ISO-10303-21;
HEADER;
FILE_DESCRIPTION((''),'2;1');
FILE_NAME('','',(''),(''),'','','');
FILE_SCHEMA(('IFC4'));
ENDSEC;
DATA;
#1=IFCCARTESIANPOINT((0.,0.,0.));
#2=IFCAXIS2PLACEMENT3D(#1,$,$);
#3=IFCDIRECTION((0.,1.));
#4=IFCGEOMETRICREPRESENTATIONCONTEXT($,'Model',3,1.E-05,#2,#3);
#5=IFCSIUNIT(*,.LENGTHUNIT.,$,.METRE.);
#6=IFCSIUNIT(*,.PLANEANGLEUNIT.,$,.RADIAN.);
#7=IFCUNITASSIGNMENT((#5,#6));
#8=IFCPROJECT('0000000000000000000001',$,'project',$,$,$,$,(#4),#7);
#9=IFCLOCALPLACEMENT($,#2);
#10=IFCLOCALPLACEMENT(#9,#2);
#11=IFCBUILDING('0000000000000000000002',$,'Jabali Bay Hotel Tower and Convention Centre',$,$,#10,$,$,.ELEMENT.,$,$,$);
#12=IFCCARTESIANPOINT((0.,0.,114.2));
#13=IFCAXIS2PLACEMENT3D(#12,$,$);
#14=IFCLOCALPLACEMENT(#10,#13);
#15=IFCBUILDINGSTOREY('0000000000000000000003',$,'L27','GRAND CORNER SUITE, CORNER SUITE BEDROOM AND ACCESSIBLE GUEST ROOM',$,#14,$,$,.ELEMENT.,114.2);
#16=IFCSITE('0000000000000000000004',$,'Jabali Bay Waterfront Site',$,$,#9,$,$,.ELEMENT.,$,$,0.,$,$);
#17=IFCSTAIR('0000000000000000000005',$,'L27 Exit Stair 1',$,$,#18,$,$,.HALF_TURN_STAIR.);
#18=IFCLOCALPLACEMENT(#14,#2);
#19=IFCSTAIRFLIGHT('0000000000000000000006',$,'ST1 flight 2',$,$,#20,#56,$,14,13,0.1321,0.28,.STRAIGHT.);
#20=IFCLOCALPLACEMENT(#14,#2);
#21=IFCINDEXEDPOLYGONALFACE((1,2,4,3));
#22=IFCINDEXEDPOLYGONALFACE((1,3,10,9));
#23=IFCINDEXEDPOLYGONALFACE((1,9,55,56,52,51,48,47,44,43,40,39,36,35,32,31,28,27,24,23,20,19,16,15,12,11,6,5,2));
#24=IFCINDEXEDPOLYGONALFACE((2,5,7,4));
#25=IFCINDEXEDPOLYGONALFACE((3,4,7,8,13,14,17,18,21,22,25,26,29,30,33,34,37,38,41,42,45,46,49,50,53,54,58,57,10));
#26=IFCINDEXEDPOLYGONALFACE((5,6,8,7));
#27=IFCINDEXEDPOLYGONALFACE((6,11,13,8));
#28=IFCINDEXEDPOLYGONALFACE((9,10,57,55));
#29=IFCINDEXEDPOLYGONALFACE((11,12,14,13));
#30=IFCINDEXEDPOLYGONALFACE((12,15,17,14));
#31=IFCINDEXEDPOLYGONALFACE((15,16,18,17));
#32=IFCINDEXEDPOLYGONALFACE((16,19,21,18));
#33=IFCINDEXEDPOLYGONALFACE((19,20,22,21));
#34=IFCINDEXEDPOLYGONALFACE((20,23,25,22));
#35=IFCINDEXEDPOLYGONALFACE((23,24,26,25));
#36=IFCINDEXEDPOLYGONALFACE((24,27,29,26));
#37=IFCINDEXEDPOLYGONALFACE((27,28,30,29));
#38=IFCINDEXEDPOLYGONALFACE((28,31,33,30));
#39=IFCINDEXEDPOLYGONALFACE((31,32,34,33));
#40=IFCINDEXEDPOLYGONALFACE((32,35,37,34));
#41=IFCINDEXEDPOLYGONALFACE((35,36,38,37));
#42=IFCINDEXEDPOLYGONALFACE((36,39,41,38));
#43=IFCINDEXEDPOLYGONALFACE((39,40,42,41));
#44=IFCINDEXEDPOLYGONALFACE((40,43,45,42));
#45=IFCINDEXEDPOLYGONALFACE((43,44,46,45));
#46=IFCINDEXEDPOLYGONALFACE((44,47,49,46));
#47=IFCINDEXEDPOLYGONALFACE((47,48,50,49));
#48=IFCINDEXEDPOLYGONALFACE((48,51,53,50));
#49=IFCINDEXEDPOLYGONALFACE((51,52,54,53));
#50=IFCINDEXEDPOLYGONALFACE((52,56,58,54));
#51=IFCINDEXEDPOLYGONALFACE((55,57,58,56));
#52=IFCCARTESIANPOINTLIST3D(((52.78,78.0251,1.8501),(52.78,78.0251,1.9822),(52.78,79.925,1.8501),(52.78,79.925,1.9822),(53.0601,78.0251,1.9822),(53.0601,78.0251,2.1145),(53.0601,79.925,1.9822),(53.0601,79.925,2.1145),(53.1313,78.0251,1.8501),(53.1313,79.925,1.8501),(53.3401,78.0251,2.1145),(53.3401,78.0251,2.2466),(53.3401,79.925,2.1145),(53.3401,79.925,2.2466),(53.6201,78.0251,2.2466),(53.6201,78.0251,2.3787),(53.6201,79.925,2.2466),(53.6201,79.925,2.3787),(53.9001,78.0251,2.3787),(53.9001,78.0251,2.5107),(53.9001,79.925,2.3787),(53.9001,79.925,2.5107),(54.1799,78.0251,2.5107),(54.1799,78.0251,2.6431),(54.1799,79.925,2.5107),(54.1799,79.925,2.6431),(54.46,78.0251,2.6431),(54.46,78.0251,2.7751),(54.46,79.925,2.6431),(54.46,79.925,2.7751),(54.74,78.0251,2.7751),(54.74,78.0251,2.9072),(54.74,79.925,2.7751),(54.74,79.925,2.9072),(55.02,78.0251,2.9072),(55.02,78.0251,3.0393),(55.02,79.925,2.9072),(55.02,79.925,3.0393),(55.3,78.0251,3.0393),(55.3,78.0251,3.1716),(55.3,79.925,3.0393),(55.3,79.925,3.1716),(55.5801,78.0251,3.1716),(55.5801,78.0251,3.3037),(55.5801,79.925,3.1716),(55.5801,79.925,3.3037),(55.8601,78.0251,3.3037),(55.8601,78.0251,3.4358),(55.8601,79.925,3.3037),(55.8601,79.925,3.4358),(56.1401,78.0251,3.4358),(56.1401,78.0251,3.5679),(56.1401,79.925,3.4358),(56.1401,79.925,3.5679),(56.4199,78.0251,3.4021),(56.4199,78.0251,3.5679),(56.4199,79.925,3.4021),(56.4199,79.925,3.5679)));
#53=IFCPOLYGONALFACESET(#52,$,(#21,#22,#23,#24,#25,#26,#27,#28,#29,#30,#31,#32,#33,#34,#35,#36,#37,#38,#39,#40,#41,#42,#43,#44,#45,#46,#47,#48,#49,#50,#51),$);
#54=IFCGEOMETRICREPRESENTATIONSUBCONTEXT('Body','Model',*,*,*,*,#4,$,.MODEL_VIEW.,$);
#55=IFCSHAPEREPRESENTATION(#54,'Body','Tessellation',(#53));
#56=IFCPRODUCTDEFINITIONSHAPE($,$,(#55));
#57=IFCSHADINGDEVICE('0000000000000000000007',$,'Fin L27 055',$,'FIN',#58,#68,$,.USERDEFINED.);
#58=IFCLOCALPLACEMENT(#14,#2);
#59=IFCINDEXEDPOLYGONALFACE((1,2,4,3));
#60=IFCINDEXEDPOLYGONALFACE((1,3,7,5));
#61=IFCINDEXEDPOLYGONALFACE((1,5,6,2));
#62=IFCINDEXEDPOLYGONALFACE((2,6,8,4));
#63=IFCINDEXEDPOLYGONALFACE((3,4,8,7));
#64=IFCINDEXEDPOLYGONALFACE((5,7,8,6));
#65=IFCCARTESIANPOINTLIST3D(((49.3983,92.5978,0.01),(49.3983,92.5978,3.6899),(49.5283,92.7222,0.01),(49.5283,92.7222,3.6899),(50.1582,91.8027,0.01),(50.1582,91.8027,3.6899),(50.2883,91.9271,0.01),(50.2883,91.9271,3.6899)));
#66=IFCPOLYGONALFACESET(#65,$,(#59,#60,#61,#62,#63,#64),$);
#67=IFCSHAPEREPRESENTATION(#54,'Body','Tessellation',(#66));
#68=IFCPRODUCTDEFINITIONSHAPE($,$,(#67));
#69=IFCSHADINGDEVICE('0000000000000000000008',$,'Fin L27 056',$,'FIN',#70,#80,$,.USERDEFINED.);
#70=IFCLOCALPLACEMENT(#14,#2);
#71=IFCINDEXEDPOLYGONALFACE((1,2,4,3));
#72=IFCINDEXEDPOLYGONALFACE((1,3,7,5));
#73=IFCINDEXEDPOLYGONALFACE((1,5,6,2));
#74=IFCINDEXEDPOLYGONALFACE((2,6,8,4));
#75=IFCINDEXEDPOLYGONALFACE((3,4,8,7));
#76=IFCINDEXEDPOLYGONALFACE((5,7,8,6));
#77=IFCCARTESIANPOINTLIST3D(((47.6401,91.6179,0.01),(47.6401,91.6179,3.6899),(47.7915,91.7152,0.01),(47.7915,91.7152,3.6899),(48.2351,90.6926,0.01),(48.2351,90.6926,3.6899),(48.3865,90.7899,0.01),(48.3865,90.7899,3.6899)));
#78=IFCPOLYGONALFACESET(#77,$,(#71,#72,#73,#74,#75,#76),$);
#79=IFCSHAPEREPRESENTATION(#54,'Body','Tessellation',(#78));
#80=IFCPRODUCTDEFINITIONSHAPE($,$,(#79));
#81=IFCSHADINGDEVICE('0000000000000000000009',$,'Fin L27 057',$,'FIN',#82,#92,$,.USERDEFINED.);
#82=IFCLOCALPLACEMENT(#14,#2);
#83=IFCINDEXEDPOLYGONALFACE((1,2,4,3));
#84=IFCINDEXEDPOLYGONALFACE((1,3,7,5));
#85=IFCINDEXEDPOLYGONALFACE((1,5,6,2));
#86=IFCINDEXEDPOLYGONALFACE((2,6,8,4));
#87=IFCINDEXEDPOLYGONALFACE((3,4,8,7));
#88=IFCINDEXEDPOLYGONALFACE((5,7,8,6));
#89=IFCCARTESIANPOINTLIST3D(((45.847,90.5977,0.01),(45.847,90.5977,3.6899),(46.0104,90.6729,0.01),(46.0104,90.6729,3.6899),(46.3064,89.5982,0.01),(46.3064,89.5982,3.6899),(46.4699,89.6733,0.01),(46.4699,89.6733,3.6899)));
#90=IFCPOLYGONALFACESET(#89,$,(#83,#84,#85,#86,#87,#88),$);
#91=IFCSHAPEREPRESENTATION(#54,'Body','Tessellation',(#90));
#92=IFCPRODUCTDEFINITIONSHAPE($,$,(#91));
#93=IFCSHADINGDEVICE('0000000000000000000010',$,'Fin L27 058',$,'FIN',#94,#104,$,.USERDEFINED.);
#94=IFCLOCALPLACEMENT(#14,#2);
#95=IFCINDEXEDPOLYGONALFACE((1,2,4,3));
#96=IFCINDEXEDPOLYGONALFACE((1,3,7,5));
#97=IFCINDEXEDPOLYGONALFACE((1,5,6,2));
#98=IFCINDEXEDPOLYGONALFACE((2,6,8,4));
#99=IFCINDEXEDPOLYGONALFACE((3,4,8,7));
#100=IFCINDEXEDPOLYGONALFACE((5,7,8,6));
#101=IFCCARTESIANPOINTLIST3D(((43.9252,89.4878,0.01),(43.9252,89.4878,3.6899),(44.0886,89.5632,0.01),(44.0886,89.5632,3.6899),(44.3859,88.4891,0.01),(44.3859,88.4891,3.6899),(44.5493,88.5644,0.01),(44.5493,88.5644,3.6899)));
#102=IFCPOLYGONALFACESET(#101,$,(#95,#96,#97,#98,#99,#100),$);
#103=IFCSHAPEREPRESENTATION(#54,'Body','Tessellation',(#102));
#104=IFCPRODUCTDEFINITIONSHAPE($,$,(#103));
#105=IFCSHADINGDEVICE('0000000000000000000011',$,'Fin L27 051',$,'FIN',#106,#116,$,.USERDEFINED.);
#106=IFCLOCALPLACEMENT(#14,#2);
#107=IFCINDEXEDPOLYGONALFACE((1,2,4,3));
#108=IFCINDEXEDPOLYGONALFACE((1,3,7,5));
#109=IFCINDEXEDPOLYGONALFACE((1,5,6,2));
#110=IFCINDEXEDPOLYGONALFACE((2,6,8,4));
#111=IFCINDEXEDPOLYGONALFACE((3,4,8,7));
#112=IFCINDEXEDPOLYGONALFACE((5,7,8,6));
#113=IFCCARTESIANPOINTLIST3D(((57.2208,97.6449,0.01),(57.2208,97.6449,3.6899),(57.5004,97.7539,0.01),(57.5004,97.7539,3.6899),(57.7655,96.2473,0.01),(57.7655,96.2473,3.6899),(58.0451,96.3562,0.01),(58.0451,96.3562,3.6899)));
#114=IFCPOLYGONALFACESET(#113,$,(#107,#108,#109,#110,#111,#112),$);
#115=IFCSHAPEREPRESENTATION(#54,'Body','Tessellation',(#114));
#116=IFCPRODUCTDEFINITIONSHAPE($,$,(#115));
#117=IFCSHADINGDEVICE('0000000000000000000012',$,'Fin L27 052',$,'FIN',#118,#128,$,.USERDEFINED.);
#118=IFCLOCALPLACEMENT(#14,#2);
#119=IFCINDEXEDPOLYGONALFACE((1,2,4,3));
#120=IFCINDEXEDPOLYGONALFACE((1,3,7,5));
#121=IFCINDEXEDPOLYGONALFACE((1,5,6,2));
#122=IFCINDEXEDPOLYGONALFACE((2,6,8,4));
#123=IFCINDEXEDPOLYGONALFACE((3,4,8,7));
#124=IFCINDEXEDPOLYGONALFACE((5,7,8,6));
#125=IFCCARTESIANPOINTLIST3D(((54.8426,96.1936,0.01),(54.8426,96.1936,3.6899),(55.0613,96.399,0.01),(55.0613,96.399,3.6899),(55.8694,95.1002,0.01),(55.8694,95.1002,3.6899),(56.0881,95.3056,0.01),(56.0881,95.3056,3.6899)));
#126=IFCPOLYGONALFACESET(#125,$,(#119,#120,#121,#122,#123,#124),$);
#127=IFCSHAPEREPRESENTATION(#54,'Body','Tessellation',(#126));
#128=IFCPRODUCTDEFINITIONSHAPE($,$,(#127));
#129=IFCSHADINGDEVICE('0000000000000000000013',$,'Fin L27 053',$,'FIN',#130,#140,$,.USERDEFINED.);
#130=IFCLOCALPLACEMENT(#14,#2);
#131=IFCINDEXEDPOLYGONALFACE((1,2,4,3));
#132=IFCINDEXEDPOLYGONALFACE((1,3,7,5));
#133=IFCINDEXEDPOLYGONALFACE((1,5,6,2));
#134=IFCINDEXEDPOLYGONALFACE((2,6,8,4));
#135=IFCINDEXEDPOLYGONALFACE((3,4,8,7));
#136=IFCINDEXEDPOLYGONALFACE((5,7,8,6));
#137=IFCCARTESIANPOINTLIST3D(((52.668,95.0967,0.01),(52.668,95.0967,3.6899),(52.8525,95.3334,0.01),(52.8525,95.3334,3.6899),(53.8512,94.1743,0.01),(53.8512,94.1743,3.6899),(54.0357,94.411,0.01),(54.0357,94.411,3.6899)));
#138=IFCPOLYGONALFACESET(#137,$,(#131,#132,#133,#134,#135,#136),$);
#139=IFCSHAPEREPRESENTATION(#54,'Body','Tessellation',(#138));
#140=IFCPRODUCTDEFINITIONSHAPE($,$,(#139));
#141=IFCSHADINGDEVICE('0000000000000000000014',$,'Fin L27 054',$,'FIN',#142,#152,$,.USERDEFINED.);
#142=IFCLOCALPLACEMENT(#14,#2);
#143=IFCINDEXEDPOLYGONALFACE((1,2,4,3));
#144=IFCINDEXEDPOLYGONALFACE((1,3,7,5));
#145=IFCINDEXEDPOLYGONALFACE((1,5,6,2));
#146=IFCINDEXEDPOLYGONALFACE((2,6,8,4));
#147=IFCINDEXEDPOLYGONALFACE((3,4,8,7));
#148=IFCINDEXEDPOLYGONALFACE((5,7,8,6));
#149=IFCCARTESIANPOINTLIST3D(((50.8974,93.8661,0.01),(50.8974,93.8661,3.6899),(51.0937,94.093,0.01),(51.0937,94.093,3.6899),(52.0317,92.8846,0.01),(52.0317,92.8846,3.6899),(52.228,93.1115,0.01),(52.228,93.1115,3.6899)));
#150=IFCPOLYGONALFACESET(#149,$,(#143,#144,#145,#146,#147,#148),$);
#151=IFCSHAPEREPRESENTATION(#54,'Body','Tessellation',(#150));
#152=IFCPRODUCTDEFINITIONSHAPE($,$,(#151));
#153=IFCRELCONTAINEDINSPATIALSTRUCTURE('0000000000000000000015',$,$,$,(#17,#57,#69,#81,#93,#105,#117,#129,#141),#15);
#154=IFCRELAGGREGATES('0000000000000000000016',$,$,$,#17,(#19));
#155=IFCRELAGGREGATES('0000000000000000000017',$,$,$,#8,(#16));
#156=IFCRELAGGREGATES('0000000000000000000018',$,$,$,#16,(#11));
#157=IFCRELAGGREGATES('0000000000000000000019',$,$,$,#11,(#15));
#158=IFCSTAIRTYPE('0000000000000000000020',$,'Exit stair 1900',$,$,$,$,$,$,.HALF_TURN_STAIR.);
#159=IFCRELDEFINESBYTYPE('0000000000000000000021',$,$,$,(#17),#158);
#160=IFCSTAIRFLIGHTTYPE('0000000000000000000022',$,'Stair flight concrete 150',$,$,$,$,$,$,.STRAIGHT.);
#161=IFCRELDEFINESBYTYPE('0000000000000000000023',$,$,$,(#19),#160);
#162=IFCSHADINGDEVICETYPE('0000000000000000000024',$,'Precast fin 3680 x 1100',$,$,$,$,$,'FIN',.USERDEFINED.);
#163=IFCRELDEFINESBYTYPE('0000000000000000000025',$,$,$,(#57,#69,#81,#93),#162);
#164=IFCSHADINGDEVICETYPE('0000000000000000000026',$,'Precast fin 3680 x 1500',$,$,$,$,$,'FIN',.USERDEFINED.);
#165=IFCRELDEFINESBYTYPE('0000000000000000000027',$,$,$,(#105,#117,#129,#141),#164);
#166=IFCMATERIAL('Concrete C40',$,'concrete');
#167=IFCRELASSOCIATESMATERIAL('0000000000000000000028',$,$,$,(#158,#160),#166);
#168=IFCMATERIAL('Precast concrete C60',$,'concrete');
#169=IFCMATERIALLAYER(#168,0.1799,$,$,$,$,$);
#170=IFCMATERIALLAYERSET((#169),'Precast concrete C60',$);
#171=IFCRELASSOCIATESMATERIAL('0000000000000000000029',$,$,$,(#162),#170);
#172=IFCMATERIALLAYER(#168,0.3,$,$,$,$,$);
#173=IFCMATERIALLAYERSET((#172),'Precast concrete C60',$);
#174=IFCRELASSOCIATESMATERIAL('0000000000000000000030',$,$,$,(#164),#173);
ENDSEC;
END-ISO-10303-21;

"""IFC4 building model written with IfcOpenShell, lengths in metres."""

from ifc_helpers import new_model, si_unit, direction, frame, frame_2d, origin, place, context, subcontext, project, spatial, polyline, rectangle, outline, extrude, material, layer, layer_set, type_object, element, aggregate, save


model = new_model("IFC4")

# Units and contexts
model_context = context("Model", 3, precision=1e-05, world=origin(), true_north=direction((0.0, 1.0)))
body_context = subcontext(model_context, "Body", "Model", "MODEL_VIEW")
ifc_project = project(units=[si_unit("LENGTHUNIT", "METRE"), si_unit("PLANEANGLEUNIT", "RADIAN")], contexts=[model_context])

# Site, building, storey
site_placement = place(None, origin())
site = spatial("IfcSite", under=ifc_project, at=site_placement, Name="Jabali Bay Waterfront Site", CompositionType="ELEMENT", RefElevation=0.0)
building_placement = place(site_placement, origin())
building = spatial("IfcBuilding", under=site, at=building_placement, Name="Jabali Bay Hotel Tower and Convention Centre", CompositionType="ELEMENT")
storey_placement = place(building_placement, frame((0.0, 0.0, 114.2)))
storey = spatial("IfcBuildingStorey", under=building, at=storey_placement, Name="L27", Description="GRAND CORNER SUITE, CORNER SUITE BEDROOM AND ACCESSIBLE GUEST ROOM", CompositionType="ELEMENT", Elevation=114.2)

# Shared definitions
ifc_material_1 = material(Name="Concrete C40", Category="concrete")

# Stair, stair flight
stair_type = type_object("IfcStairType", Name="Exit stair 1900", PredefinedType="HALF_TURN_STAIR", material=ifc_material_1)
stair_placement = place(storey_placement, origin())
stair = element("IfcStair", 1, at=stair_placement, inside=storey, type_object=stair_type, Name="L27 Exit Stair 1", PredefinedType="HALF_TURN_STAIR")
stair_flight_type = type_object("IfcStairFlightType", Name="Stair flight concrete 150", PredefinedType="STRAIGHT", material=ifc_material_1)
stair_flight_1_placement = place(storey_placement, frame((52.78, 78.9751, 1.8501), z_axis=(0.0, 0.0, 1.0), x_axis=(1.0, 0.0, 0.0)))
stair_flight_1 = element("IfcStairFlight", 2, at=stair_flight_1_placement, type_object=stair_flight_type, Name="ST1 flight 2", NumberOfRisers=14, NumberOfTreads=13, PredefinedType="STRAIGHT", RiserHeight=0.1321, TreadLength=0.28, context=body_context, shape_type="SweptSolid", body=[
    extrude(outline(polyline([(0.0, 0.0), (0.0, 0.1321), (0.28, 0.1321), (0.28, 0.2644), (0.5601, 0.2644), (0.5601, 0.3965), (0.8401, 0.3965), (0.8401, 0.5286), (1.1201, 0.5286), (1.1201, 0.6606), (1.3999, 0.6606), (1.3999, 0.793), (1.6799, 0.793), (1.6799, 0.925), (1.96, 0.925), (1.96, 1.0571), (2.24, 1.0571), (2.24, 1.1892), (2.52, 1.1892), (2.52, 1.3215), (2.8, 1.3215), (2.8, 1.4536), (3.0801, 1.4536), (3.0801, 1.5857), (3.3601, 1.5857), (3.3601, 1.7178), (3.6399, 1.7178), (3.6399, 1.8501), (3.6399, 1.552), (0.3513, 0.0), (0.0, 0.0)])), frame((0.0, 0.95, 0.0), z_axis=(0.0, -1.0, 0.0), x_axis=(1.0, 0.0, 0.0)), (0.0, 0.0, 1.0), 1.8999),
])
aggregate(stair, [stair_flight_1])

# Shading devices
ifc_material_2 = material(Name="Precast concrete C60", Category="concrete")
ifc_layer_1 = layer(ifc_material_2, 0.1799)
ifc_layer_set_1 = layer_set([ifc_layer_1], Name="Precast concrete C60")
shading_device_type_1 = type_object("IfcShadingDeviceType", Name="Precast fin 3680 x 1100", ElementType="FIN", PredefinedType="USERDEFINED", material=ifc_layer_set_1)
shading_device_1_placement = place(storey_placement, frame((50.2231, 91.865, 0.01), z_axis=(0.0, 0.0, 1.0), x_axis=(-0.690945, 0.722907, 0.0)))
element("IfcShadingDevice", 3, at=shading_device_1_placement, inside=storey, type_object=shading_device_type_1, Name="Fin L27 055", ObjectType="FIN", PredefinedType="USERDEFINED", context=body_context, shape_type="SweptSolid", body=[
    extrude(rectangle(XDim=1.0999, YDim=0.1799, at=frame_2d((0.5498, 0.0))), origin(), (0.0, 0.0, 1.0), 3.6799),
])
for number, where, z_axis, x_axis, name in (
    (4, (48.3108, 90.7412, 0.01), (0.0, 0.0, 1.0), (-0.540847, 0.841121, 0.0), "Fin L27 056"),
    (5, (46.3882, 89.6357, 0.01), (0.0, 0.0, 1.0), (-0.417678, 0.908595, 0.0), "Fin L27 057"),
):
    element("IfcShadingDevice", number, at=place(storey_placement, frame(where, z_axis=z_axis, x_axis=x_axis)), inside=storey, type_object=shading_device_type_1, Name=name, ObjectType="FIN", PredefinedType="USERDEFINED", context=body_context, shape_type="SweptSolid", body=[
        extrude(rectangle(XDim=1.1001, YDim=0.1799, at=frame_2d((0.55, 0.0))), origin(), (0.0, 0.0, 1.0), 3.6799),
    ])
shading_device_2_placement = place(storey_placement, frame((44.4675, 88.5269, 0.01), z_axis=(0.0, 0.0, 1.0), x_axis=(-0.418847, 0.908057, 0.0)))
element("IfcShadingDevice", 6, at=shading_device_2_placement, inside=storey, type_object=shading_device_type_1, Name="Fin L27 058", ObjectType="FIN", PredefinedType="USERDEFINED", context=body_context, shape_type="SweptSolid", body=[
    extrude(rectangle(XDim=1.0999, YDim=0.1799, at=frame_2d((0.5498, 0.0))), origin(), (0.0, 0.0, 1.0), 3.6799),
])
ifc_layer_2 = layer(ifc_material_2, 0.3)
ifc_layer_set_2 = layer_set([ifc_layer_2], Name="Precast concrete C60")
shading_device_type_2 = type_object("IfcShadingDeviceType", Name="Precast fin 3680 x 1500", ElementType="FIN", PredefinedType="USERDEFINED", material=ifc_layer_set_2)
for number, where, z_axis, x_axis, name in (
    (7, (57.9053, 96.3018, 0.01), (0.0, 0.0, 1.0), (-0.363098, 0.931751, 0.0), "Fin L27 051"),
    (8, (55.9788, 95.2029, 0.01), (0.0, 0.0, 1.0), (-0.684542, 0.728974, 0.0), "Fin L27 052"),
):
    element("IfcShadingDevice", number, at=place(storey_placement, frame(where, z_axis=z_axis, x_axis=x_axis)), inside=storey, type_object=shading_device_type_2, Name=name, ObjectType="FIN", PredefinedType="USERDEFINED", context=body_context, shape_type="SweptSolid", body=[
        extrude(rectangle(XDim=1.5, YDim=0.3, at=frame_2d((0.75, 0.0))), origin(), (0.0, 0.0, 1.0), 3.6799),
    ])
shading_device_3_placement = place(storey_placement, frame((53.9434, 94.2927, 0.01), z_axis=(0.0, 0.0, 1.0), x_axis=(-0.788651, 0.614842, 0.0)))
element("IfcShadingDevice", 9, at=shading_device_3_placement, inside=storey, type_object=shading_device_type_2, Name="Fin L27 053", ObjectType="FIN", PredefinedType="USERDEFINED", context=body_context, shape_type="SweptSolid", body=[
    extrude(rectangle(XDim=1.5002, YDim=0.3, at=frame_2d((0.75, 0.0))), origin(), (0.0, 0.0, 1.0), 3.6799),
])
shading_device_4_placement = place(storey_placement, frame((52.1299, 92.998, 0.01), z_axis=(0.0, 0.0, 1.0), x_axis=(-0.756215, 0.654323, 0.0)))
element("IfcShadingDevice", 10, at=shading_device_4_placement, inside=storey, type_object=shading_device_type_2, Name="Fin L27 054", ObjectType="FIN", PredefinedType="USERDEFINED", context=body_context, shape_type="SweptSolid", body=[
    extrude(rectangle(XDim=1.5, YDim=0.3, at=frame_2d((0.75, 0.0))), origin(), (0.0, 0.0, 1.0), 3.6799),
])

save(model, "model.ifc")
